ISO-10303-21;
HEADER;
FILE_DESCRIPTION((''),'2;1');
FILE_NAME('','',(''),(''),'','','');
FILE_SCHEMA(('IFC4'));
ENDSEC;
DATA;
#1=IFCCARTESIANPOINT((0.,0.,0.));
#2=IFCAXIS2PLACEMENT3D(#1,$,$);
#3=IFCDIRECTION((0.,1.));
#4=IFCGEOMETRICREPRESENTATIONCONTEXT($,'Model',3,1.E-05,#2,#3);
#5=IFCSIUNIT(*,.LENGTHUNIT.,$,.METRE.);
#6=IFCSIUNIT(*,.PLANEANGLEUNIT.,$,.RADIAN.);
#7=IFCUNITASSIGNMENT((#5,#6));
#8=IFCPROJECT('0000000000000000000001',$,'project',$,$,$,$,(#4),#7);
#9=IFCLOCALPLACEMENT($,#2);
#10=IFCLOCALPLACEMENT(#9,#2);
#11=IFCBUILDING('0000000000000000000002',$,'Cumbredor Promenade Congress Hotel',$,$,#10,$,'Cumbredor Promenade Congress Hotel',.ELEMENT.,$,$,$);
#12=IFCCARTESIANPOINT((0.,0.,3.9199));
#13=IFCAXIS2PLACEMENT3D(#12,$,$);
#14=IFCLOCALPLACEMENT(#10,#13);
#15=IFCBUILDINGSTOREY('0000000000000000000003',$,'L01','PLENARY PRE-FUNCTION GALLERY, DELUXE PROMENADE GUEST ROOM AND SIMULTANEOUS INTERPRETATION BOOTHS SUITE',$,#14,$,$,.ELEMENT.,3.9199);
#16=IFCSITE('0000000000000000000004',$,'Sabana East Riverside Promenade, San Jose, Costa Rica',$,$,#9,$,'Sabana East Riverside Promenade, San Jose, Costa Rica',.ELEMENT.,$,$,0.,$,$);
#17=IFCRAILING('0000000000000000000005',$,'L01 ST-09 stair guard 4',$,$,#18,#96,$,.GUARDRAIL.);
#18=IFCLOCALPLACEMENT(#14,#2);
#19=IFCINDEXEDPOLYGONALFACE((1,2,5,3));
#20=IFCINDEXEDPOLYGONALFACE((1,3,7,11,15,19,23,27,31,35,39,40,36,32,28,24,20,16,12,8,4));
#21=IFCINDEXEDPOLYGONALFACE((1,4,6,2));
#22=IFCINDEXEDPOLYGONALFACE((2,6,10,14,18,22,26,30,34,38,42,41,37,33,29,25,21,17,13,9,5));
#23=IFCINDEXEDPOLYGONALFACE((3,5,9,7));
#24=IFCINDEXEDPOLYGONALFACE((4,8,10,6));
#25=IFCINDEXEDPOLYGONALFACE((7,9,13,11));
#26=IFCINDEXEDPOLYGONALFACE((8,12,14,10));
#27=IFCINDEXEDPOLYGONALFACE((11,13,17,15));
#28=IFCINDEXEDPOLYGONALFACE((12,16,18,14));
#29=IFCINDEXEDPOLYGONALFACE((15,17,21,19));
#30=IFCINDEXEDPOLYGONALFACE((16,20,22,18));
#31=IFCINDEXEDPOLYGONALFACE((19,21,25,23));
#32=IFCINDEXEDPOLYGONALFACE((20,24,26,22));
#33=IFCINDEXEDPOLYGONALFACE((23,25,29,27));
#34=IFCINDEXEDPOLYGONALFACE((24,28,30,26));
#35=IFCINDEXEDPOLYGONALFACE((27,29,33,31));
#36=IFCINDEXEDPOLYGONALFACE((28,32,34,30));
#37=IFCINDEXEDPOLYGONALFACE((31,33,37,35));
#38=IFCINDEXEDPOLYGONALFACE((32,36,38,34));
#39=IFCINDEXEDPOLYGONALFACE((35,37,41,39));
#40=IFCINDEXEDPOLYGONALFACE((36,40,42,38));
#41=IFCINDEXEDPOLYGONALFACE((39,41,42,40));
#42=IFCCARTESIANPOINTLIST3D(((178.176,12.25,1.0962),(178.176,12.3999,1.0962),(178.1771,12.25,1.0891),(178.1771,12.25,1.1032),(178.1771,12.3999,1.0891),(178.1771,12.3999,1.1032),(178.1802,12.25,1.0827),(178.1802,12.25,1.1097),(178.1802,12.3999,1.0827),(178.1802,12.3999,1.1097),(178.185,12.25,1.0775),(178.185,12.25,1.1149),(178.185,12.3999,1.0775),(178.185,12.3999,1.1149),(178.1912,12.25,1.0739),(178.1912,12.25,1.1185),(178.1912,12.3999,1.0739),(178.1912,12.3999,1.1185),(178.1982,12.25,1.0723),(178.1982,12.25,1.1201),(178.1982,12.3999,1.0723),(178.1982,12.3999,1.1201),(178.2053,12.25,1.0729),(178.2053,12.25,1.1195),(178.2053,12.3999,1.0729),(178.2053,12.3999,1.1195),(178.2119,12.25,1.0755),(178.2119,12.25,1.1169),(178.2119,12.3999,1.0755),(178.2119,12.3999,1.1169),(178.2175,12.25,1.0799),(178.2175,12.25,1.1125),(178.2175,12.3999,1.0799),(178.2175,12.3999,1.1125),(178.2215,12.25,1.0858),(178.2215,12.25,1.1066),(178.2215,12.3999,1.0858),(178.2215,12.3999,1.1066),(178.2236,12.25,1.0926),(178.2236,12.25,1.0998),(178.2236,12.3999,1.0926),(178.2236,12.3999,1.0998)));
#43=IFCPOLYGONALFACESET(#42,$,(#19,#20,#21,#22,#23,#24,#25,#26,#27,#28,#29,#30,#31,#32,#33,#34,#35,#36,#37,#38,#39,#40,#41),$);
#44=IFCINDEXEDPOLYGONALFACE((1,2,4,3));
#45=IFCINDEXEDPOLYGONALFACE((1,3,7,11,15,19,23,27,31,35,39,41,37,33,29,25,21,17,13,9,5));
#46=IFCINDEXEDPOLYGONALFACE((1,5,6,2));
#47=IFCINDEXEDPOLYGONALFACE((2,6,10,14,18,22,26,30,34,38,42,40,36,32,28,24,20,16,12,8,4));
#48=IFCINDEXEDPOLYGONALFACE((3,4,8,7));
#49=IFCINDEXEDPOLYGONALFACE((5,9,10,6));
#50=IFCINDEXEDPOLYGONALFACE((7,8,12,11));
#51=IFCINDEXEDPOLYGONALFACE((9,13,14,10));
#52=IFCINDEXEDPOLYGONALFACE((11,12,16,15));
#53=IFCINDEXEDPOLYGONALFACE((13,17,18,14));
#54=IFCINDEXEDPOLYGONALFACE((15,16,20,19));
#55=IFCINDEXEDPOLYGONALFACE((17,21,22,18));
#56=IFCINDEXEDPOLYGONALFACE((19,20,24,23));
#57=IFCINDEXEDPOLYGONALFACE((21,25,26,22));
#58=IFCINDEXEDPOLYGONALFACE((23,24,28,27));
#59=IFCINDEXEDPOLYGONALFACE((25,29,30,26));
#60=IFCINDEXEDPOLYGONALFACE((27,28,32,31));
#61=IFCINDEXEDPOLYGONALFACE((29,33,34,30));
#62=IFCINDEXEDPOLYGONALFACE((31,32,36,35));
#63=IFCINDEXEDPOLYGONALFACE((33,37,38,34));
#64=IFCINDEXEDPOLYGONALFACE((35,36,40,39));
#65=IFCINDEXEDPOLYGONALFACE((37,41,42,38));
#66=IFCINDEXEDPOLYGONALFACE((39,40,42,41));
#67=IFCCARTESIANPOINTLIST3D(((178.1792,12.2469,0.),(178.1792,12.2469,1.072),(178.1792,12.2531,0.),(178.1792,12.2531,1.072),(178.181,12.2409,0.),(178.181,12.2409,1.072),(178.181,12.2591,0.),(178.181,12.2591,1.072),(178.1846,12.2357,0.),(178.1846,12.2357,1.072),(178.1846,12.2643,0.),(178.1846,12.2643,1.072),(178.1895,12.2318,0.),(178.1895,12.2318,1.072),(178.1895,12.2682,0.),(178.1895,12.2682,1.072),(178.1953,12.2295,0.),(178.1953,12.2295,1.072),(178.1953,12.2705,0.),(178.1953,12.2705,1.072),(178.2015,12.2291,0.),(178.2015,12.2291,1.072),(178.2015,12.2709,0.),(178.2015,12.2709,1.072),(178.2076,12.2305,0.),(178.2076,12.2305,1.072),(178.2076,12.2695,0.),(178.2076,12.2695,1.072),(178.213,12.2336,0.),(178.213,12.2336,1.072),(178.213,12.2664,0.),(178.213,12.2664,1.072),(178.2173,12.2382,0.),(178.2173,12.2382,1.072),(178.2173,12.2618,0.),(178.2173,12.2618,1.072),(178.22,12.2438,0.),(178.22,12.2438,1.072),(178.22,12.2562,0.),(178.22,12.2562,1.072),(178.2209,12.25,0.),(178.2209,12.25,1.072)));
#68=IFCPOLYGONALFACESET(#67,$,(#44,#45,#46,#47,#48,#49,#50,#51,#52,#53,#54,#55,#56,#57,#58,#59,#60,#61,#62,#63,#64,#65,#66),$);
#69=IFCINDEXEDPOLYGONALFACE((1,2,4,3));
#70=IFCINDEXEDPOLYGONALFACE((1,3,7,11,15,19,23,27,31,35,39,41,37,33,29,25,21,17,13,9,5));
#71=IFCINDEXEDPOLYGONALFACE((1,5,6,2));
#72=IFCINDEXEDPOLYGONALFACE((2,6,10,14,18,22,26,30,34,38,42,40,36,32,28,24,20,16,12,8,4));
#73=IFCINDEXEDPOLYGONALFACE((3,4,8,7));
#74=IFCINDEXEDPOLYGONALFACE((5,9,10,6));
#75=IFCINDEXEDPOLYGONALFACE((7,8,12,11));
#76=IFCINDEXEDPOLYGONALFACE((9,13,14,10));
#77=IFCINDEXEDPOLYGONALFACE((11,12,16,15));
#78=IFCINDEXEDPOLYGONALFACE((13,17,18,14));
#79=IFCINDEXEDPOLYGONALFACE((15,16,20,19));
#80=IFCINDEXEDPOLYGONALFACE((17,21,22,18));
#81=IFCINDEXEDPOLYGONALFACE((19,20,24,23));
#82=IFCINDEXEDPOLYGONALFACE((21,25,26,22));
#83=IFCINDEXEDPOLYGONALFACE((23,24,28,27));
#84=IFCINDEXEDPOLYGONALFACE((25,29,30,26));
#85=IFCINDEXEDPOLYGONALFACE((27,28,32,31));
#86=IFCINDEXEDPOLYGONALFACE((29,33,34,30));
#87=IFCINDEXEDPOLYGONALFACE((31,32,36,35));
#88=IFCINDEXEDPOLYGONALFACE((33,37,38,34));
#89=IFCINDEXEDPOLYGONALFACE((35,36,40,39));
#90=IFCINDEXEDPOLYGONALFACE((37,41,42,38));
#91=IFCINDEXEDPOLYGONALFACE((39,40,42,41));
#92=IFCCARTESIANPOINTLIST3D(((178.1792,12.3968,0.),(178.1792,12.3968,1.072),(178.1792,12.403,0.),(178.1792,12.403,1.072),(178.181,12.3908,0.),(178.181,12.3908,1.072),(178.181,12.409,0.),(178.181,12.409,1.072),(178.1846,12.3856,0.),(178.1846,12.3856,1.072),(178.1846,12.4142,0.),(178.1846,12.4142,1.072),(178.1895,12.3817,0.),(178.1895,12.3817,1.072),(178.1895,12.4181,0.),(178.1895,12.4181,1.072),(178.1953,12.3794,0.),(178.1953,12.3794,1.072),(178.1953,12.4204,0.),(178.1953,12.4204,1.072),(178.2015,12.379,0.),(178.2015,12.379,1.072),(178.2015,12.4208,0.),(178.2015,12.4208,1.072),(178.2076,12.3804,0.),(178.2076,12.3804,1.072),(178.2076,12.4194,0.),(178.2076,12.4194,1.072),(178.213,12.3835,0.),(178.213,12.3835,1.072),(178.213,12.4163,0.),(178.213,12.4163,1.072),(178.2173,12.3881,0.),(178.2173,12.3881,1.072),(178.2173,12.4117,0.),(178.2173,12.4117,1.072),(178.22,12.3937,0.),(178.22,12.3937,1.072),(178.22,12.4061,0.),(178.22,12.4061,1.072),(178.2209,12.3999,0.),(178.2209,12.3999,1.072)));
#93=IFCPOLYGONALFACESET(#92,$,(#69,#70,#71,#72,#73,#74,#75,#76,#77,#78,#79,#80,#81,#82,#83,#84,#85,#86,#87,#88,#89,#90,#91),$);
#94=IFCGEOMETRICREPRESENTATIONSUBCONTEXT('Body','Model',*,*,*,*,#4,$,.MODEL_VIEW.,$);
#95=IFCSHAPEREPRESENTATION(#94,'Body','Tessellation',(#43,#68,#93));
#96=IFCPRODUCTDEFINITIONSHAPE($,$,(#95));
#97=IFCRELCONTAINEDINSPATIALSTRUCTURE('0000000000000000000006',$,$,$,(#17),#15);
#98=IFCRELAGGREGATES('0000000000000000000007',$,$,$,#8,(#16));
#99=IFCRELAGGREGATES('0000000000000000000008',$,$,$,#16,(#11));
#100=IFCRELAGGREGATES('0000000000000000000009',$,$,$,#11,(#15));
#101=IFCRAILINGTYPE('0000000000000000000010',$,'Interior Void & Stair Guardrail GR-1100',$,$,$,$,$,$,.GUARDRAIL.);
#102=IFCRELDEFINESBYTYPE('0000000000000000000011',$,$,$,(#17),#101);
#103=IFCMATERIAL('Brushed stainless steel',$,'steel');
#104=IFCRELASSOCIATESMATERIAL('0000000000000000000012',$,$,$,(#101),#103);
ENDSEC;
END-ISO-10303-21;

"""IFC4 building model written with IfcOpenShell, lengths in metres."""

from ifc_helpers import new_model, si_unit, direction, frame, origin, origin_2d, place, context, subcontext, project, spatial, circle, extrude, material, type_object, element, save


model = new_model("IFC4")

# Units and contexts
model_context = context("Model", 3, precision=1e-05, world=origin(), true_north=direction((0.0, 1.0)))
body_context = subcontext(model_context, "Body", "Model", "MODEL_VIEW")
ifc_project = project(units=[si_unit("LENGTHUNIT", "METRE"), si_unit("PLANEANGLEUNIT", "RADIAN")], contexts=[model_context])

# Site, building, storey
site_placement = place(None, origin())
site = spatial("IfcSite", under=ifc_project, at=site_placement, Name="Sabana East Riverside Promenade, San Jose, Costa Rica", LongName="Sabana East Riverside Promenade, San Jose, Costa Rica", CompositionType="ELEMENT", RefElevation=0.0)
building_placement = place(site_placement, origin())
building = spatial("IfcBuilding", under=site, at=building_placement, Name="Cumbredor Promenade Congress Hotel", LongName="Cumbredor Promenade Congress Hotel", CompositionType="ELEMENT")
storey_placement = place(building_placement, frame((0.0, 0.0, 3.9199)))
storey = spatial("IfcBuildingStorey", under=building, at=storey_placement, Name="L01", Description="PLENARY PRE-FUNCTION GALLERY, DELUXE PROMENADE GUEST ROOM AND SIMULTANEOUS INTERPRETATION BOOTHS SUITE", CompositionType="ELEMENT", Elevation=3.9199)

# Railing
ifc_material_1 = material(Name="Brushed stainless steel", Category="steel")
railing_type_1 = type_object("IfcRailingType", Name="Interior Void & Stair Guardrail GR-1100", PredefinedType="GUARDRAIL", material=ifc_material_1)
railing_1_placement = place(storey_placement, frame((178.2, 12.25, 0.0)))
element("IfcRailing", 1, at=railing_1_placement, inside=storey, type_object=railing_type_1, Name="L01 ST-09 stair guard 4", PredefinedType="GUARDRAIL", context=body_context, shape_type="SweptSolid", body=[
    extrude(circle(Radius=0.0239, at=origin_2d()), frame((0.0, 0.0, 1.0962), z_axis=(0.0, 1.0, 0.0), x_axis=(-1.0, 0.0, 0.0)), (0.0, 0.0, 1.0), 0.1499),
    extrude(circle(Radius=0.021, at=origin_2d()), origin(), (0.0, 0.0, 1.0), 1.072),
    extrude(circle(Radius=0.021, at=origin_2d()), frame((0.0, 0.1499, 0.0)), (0.0, 0.0, 1.0), 1.072),
])

save(model, "model.ifc")
